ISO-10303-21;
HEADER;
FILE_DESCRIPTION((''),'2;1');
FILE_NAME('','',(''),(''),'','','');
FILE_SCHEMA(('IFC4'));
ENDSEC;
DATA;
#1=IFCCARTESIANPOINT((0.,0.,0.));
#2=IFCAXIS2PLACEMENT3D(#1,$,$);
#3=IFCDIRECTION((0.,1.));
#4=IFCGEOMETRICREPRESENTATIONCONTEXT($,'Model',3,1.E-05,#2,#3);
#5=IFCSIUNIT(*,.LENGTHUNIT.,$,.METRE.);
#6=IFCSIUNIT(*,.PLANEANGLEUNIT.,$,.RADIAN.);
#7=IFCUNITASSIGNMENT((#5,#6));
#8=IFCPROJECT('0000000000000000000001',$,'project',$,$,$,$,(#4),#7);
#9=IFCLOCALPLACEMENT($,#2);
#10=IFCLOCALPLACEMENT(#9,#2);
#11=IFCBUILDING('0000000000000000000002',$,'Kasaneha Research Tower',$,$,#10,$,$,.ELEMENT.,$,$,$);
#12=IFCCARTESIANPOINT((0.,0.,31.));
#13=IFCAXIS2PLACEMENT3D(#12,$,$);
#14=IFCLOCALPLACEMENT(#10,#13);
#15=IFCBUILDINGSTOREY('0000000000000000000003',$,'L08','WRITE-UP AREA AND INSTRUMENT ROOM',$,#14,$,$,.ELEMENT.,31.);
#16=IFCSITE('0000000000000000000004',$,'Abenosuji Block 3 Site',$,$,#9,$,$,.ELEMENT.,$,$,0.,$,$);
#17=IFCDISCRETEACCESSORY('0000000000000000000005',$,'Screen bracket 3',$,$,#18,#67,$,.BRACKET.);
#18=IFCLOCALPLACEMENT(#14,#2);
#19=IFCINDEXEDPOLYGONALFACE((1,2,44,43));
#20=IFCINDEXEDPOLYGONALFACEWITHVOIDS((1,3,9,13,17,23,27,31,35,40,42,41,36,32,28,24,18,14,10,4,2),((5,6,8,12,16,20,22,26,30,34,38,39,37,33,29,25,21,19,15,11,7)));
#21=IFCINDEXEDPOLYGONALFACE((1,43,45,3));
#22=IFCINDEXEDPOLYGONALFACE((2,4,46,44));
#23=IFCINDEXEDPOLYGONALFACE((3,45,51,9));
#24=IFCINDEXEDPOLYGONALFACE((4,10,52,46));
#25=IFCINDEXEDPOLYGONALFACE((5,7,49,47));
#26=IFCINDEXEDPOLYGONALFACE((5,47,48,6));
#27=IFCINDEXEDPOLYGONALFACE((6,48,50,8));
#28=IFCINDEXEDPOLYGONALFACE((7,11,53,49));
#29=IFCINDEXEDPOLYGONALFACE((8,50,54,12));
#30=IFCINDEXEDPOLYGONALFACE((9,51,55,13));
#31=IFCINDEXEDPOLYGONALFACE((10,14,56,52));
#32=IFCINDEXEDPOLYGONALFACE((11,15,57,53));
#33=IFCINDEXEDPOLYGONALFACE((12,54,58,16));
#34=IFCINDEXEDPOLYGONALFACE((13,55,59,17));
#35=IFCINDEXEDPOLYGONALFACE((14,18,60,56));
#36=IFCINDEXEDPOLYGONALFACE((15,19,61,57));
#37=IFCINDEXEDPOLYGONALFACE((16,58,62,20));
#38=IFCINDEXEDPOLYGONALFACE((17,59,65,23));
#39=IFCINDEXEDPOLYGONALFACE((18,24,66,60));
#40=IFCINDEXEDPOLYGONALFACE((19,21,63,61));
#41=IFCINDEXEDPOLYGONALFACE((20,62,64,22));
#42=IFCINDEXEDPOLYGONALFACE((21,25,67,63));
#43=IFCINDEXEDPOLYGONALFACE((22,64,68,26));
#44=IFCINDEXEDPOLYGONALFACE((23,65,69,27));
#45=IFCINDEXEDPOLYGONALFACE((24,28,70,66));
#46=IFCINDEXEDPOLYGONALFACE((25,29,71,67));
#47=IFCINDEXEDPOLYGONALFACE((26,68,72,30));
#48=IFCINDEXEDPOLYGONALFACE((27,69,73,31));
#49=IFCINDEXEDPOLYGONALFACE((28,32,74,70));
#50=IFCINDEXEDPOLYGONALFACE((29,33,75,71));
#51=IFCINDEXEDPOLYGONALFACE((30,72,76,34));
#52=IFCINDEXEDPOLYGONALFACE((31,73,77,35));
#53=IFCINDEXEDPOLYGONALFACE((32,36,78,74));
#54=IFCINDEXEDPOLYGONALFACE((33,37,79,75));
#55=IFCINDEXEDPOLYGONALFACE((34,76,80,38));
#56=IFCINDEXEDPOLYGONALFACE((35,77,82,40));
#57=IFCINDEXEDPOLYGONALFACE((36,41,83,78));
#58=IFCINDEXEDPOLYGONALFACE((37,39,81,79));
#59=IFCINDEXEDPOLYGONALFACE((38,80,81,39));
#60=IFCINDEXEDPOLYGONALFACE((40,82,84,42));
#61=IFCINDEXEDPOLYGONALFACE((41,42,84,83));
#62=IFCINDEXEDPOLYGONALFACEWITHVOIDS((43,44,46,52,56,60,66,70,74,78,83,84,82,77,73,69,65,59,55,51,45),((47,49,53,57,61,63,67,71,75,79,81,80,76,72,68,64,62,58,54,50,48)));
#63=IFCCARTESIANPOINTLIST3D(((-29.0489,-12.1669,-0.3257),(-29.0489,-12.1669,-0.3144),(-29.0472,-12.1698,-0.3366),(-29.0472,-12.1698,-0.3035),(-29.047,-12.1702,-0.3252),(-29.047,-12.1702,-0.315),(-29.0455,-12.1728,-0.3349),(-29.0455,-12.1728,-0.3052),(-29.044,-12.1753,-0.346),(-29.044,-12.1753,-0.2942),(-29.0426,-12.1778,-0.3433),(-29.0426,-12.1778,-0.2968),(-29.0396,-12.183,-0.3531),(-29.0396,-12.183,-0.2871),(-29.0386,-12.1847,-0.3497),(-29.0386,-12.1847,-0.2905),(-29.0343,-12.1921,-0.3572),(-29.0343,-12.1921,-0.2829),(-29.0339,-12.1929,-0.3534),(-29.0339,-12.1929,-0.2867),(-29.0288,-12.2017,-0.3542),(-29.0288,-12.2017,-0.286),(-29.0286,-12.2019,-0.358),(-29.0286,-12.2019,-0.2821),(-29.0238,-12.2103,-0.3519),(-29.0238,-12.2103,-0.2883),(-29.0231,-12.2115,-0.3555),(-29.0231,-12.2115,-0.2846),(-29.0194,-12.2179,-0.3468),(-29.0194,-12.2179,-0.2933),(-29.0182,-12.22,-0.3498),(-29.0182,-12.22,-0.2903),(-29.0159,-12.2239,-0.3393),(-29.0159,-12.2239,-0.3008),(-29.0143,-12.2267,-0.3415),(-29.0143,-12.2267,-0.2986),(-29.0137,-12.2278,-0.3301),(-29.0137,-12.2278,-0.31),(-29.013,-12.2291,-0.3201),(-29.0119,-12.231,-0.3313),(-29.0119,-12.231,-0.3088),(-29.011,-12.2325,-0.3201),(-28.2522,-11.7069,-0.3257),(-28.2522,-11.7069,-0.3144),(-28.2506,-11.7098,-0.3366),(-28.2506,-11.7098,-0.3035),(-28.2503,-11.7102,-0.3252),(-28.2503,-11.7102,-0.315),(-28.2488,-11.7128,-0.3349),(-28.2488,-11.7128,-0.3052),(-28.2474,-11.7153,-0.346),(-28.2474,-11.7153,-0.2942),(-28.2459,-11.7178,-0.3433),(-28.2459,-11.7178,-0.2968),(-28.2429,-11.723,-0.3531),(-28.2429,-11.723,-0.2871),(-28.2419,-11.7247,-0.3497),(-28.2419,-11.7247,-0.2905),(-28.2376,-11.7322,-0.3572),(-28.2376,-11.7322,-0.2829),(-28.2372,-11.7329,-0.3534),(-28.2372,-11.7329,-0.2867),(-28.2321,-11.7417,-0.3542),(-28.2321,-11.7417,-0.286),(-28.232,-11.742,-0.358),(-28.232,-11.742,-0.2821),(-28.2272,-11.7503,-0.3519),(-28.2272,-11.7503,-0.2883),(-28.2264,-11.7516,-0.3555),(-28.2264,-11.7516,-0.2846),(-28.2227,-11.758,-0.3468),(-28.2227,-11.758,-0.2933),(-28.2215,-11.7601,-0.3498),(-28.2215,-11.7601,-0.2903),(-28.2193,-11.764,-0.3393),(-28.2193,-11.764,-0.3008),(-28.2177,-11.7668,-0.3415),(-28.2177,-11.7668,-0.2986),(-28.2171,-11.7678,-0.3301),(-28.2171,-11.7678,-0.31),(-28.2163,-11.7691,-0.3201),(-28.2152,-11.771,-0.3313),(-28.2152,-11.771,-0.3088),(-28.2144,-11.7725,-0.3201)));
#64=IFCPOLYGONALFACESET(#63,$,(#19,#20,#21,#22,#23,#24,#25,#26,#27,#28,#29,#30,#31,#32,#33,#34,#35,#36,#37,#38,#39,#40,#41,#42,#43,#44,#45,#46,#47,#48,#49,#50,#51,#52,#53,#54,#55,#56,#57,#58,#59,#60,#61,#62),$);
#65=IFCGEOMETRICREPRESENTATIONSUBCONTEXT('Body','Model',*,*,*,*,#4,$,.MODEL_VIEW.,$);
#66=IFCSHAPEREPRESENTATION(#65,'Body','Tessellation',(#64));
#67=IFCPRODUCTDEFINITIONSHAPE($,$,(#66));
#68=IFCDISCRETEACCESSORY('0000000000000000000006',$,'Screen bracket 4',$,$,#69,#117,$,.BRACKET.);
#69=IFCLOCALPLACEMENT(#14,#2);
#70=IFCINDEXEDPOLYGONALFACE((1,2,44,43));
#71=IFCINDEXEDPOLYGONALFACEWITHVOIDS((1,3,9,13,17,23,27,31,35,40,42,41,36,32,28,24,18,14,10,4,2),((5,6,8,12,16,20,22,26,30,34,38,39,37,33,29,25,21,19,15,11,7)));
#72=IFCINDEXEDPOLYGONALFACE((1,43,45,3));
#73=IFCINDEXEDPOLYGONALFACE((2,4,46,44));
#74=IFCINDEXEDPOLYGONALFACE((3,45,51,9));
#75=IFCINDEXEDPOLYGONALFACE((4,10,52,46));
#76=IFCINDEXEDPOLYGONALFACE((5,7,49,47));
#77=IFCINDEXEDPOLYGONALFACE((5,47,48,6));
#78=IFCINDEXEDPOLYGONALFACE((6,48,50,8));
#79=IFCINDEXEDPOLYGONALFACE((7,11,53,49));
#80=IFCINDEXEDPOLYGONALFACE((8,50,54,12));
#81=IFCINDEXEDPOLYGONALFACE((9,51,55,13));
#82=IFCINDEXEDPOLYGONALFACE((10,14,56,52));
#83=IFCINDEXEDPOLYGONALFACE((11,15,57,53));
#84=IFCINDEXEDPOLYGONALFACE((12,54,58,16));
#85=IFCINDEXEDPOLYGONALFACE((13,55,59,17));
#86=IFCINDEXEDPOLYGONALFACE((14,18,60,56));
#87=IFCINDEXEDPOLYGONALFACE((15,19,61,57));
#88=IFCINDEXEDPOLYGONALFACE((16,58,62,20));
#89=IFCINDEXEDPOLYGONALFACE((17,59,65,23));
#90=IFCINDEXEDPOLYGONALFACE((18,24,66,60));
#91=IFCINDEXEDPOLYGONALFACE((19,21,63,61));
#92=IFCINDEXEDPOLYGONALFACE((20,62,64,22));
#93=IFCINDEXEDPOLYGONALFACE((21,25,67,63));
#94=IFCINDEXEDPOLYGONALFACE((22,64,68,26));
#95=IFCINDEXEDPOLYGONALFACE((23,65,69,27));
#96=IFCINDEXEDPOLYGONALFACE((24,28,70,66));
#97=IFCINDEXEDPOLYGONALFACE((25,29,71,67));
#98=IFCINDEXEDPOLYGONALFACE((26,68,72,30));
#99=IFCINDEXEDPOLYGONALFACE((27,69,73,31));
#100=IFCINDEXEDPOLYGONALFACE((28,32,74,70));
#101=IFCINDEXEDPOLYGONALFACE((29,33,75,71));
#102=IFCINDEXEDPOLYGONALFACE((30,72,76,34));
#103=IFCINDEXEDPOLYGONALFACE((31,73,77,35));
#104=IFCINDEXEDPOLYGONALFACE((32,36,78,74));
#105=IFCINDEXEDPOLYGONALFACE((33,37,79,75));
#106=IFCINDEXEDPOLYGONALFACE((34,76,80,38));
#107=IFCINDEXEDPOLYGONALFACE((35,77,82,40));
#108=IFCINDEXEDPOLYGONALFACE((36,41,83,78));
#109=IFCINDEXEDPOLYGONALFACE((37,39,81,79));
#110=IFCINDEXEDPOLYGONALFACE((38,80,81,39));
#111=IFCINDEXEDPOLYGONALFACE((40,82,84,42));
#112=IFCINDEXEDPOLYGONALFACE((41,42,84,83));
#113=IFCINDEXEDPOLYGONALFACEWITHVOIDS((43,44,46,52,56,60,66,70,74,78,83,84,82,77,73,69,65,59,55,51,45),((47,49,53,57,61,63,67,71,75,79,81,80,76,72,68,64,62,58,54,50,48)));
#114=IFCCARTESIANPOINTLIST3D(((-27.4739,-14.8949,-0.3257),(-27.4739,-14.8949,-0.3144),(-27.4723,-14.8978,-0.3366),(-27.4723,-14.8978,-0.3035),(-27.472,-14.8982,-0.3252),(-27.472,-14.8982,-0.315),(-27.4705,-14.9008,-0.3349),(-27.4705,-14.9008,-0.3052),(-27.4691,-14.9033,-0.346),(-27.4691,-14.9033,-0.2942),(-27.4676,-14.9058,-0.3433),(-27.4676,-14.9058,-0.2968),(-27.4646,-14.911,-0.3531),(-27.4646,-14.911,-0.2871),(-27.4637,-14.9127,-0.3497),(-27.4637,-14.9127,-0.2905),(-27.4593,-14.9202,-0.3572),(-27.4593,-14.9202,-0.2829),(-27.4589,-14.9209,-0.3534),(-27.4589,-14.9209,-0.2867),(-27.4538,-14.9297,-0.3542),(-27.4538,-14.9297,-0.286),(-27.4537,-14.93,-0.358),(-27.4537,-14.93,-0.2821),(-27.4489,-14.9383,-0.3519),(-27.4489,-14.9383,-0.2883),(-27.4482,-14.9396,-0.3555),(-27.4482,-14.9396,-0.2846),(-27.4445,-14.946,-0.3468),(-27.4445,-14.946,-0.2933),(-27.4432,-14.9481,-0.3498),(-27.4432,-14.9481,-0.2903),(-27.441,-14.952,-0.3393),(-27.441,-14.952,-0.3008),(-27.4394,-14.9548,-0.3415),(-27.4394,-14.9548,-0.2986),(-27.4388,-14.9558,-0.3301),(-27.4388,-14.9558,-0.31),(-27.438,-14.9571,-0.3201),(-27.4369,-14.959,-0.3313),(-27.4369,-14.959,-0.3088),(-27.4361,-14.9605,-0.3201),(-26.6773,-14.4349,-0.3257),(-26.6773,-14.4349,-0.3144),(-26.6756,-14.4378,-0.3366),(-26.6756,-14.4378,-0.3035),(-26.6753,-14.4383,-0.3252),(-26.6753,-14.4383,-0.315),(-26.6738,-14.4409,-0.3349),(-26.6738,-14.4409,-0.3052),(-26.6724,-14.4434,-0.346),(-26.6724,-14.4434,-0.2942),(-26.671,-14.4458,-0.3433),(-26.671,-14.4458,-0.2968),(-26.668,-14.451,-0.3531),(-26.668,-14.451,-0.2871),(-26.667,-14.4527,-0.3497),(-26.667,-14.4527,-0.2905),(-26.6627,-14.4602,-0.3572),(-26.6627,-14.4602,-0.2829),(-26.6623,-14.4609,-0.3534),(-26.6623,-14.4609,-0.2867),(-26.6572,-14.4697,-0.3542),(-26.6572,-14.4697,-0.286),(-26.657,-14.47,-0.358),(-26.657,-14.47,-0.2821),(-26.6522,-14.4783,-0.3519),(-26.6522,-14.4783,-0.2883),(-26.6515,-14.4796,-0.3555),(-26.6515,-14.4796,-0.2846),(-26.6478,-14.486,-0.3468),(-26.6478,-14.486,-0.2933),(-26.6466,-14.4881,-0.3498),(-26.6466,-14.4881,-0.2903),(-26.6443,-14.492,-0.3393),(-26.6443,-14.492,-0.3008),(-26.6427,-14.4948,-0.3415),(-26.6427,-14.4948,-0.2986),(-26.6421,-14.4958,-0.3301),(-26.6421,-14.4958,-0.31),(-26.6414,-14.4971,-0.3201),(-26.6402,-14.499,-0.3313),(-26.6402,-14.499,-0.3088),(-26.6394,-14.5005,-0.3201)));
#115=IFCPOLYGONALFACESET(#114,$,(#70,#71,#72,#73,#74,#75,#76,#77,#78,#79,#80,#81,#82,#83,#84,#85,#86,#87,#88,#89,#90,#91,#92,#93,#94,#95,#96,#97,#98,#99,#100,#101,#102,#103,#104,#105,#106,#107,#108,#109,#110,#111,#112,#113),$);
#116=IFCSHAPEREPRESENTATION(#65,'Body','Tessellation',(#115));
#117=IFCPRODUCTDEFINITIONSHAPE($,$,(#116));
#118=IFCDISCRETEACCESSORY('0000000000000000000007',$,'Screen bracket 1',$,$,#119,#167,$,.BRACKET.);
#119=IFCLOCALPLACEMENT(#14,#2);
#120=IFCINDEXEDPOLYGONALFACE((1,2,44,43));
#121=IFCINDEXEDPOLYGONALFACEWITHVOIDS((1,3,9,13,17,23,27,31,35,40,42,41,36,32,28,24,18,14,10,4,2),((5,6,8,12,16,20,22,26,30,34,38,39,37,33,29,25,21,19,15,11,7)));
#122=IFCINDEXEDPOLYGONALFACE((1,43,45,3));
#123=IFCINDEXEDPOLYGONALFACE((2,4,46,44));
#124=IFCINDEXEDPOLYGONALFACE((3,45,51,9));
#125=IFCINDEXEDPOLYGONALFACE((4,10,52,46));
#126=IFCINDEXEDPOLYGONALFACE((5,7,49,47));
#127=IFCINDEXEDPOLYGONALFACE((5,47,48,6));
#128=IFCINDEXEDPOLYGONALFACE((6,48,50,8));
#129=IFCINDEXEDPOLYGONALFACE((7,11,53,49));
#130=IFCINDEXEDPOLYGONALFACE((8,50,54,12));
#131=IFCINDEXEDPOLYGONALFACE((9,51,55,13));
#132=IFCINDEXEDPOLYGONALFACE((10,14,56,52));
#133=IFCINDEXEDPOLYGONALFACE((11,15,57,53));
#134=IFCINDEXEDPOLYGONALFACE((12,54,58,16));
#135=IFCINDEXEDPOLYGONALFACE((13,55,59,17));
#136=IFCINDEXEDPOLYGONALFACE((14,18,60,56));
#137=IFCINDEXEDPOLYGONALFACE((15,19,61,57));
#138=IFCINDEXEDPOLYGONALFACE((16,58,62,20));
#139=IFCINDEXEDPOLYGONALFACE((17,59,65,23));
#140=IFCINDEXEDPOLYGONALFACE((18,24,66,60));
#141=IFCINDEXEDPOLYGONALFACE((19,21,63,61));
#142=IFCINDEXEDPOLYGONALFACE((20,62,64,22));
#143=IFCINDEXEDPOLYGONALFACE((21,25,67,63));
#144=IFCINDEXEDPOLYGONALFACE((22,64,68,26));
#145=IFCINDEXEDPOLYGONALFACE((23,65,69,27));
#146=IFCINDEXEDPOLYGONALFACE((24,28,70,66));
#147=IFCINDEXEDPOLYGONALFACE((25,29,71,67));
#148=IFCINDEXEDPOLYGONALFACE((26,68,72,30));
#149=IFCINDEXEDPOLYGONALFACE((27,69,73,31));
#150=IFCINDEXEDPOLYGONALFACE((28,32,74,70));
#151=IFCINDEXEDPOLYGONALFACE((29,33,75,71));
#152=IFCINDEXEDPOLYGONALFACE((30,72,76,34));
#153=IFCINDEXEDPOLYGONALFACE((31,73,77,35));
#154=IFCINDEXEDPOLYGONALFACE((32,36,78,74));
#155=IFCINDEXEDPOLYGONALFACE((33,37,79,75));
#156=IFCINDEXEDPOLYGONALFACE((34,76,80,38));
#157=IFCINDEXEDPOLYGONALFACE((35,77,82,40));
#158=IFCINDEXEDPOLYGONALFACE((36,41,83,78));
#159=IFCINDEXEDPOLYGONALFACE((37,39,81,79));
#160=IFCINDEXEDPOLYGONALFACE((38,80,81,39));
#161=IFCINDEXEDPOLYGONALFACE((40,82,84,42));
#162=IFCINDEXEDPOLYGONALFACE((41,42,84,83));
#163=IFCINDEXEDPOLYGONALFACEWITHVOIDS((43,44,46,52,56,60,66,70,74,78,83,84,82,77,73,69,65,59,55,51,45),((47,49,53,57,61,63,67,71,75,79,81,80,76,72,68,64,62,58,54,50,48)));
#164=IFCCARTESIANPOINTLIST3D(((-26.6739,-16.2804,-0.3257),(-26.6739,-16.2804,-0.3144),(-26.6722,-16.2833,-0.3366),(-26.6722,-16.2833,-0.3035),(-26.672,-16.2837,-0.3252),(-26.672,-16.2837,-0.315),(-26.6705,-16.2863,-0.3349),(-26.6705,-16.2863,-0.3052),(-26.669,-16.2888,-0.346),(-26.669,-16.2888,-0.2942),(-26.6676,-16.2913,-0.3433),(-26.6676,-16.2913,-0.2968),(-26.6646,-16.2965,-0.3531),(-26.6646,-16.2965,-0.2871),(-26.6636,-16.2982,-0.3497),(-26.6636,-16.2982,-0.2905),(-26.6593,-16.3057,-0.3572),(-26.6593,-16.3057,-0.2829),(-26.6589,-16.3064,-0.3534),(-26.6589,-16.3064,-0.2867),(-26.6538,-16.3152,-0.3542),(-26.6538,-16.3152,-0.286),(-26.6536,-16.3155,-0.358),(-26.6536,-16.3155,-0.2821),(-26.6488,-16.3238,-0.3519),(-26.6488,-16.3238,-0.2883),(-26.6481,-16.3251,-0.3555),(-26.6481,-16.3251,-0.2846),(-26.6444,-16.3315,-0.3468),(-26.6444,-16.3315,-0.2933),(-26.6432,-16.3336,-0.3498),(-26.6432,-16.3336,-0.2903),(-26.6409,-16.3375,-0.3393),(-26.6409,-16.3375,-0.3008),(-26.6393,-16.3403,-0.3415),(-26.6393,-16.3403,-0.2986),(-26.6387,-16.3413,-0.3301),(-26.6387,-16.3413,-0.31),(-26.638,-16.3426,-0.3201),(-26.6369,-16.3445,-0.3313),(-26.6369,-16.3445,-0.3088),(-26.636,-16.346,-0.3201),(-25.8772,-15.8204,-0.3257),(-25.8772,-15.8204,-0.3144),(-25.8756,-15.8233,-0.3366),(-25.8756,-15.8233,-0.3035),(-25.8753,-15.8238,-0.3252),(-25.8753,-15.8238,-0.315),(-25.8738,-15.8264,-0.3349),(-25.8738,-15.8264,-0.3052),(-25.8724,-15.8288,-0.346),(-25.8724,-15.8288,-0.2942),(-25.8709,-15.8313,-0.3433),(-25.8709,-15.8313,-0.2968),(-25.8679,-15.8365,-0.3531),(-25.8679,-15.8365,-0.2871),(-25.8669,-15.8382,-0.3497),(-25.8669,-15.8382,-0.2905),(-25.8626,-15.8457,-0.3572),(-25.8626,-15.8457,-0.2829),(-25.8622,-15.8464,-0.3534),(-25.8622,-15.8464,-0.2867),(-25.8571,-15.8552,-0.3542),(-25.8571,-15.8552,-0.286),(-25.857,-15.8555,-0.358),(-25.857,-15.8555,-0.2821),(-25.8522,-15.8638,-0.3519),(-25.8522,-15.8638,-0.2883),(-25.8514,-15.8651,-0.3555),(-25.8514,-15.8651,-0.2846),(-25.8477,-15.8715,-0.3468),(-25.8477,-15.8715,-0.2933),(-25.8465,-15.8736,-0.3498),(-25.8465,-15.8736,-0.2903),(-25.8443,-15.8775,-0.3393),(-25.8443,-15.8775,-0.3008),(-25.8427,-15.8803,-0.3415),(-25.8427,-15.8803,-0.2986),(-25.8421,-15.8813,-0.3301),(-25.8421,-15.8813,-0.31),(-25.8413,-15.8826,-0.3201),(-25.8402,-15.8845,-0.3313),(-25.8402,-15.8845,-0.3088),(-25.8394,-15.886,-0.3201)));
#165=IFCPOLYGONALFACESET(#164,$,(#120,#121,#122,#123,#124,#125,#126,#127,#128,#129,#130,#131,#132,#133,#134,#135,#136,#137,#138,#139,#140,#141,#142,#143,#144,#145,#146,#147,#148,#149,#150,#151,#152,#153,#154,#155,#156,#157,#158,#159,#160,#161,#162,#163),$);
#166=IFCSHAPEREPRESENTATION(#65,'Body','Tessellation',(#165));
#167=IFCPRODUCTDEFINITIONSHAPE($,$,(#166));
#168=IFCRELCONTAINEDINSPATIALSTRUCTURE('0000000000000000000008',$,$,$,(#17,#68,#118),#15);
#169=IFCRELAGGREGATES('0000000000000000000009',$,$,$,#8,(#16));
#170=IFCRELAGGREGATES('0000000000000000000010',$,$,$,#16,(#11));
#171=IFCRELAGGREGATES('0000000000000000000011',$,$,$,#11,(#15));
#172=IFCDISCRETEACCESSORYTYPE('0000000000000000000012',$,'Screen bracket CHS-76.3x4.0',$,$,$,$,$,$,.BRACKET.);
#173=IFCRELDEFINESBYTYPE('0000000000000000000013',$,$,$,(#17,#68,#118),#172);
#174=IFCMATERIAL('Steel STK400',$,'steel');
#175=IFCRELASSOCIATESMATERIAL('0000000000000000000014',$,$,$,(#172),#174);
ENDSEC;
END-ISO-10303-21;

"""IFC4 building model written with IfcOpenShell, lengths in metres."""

from ifc_helpers import new_model, si_unit, direction, frame, origin, origin_2d, place, context, subcontext, project, spatial, hollow_circle, extrude, material, material_profile, profile_set, type_object, element, save


model = new_model("IFC4")

# Units and contexts
model_context = context("Model", 3, precision=1e-05, world=origin(), true_north=direction((0.0, 1.0)))
body_context = subcontext(model_context, "Body", "Model", "MODEL_VIEW")
ifc_project = project(units=[si_unit("LENGTHUNIT", "METRE"), si_unit("PLANEANGLEUNIT", "RADIAN")], contexts=[model_context])

# Site, building, storey
site_placement = place(None, origin())
site = spatial("IfcSite", under=ifc_project, at=site_placement, Name="Abenosuji Block 3 Site", CompositionType="ELEMENT", RefElevation=0.0)
building_placement = place(site_placement, origin())
building = spatial("IfcBuilding", under=site, at=building_placement, Name="Kasaneha Research Tower", CompositionType="ELEMENT")
storey_placement = place(building_placement, frame((0.0, 0.0, 31.0)))
storey = spatial("IfcBuildingStorey", under=building, at=storey_placement, Name="L08", Description="WRITE-UP AREA AND INSTRUMENT ROOM", CompositionType="ELEMENT", Elevation=31.0)

# Discrete accessories
ifc_material_1 = material(Name="Steel STK400", Category="steel")
ifc_material_profile_1 = material_profile(ifc_material_1, hollow_circle(Radius=0.0381, WallThickness=0.0039, at=origin_2d()), Name="CHS-76.3x4.0")
ifc_profile_set_1 = profile_set([ifc_material_profile_1], Name="Steel STK400")
discrete_accessory_type = type_object("IfcDiscreteAccessoryType", Name="Screen bracket CHS-76.3x4.0", PredefinedType="BRACKET", material=ifc_profile_set_1)
for number, where, z_axis, x_axis, name in (
    (1, (-28.2334, -11.7395, -0.3201), (-0.866013, -0.500021, 0.0), (0.500021, -0.866013, 0.0), "Screen bracket 3"),
    (2, (-26.6584, -14.4675, -0.3201), (-0.866013, -0.500021, 0.0), (0.500021, -0.866013, 0.0), "Screen bracket 4"),
    (3, (-25.8584, -15.853, -0.3201), (-0.866013, -0.500021, 0.0), (0.500021, -0.866013, 0.0), "Screen bracket 1"),
):
    element("IfcDiscreteAccessory", number, at=place(storey_placement, frame(where, z_axis=z_axis, x_axis=x_axis)), inside=storey, type_object=discrete_accessory_type, Name=name, PredefinedType="BRACKET", context=body_context, shape_type="SweptSolid", body=[
        extrude(hollow_circle(Radius=0.0381, WallThickness=0.0039, at=origin_2d()), origin(), (0.0, 0.0, 1.0), 0.9199),
    ])

save(model, "model.ifc")
